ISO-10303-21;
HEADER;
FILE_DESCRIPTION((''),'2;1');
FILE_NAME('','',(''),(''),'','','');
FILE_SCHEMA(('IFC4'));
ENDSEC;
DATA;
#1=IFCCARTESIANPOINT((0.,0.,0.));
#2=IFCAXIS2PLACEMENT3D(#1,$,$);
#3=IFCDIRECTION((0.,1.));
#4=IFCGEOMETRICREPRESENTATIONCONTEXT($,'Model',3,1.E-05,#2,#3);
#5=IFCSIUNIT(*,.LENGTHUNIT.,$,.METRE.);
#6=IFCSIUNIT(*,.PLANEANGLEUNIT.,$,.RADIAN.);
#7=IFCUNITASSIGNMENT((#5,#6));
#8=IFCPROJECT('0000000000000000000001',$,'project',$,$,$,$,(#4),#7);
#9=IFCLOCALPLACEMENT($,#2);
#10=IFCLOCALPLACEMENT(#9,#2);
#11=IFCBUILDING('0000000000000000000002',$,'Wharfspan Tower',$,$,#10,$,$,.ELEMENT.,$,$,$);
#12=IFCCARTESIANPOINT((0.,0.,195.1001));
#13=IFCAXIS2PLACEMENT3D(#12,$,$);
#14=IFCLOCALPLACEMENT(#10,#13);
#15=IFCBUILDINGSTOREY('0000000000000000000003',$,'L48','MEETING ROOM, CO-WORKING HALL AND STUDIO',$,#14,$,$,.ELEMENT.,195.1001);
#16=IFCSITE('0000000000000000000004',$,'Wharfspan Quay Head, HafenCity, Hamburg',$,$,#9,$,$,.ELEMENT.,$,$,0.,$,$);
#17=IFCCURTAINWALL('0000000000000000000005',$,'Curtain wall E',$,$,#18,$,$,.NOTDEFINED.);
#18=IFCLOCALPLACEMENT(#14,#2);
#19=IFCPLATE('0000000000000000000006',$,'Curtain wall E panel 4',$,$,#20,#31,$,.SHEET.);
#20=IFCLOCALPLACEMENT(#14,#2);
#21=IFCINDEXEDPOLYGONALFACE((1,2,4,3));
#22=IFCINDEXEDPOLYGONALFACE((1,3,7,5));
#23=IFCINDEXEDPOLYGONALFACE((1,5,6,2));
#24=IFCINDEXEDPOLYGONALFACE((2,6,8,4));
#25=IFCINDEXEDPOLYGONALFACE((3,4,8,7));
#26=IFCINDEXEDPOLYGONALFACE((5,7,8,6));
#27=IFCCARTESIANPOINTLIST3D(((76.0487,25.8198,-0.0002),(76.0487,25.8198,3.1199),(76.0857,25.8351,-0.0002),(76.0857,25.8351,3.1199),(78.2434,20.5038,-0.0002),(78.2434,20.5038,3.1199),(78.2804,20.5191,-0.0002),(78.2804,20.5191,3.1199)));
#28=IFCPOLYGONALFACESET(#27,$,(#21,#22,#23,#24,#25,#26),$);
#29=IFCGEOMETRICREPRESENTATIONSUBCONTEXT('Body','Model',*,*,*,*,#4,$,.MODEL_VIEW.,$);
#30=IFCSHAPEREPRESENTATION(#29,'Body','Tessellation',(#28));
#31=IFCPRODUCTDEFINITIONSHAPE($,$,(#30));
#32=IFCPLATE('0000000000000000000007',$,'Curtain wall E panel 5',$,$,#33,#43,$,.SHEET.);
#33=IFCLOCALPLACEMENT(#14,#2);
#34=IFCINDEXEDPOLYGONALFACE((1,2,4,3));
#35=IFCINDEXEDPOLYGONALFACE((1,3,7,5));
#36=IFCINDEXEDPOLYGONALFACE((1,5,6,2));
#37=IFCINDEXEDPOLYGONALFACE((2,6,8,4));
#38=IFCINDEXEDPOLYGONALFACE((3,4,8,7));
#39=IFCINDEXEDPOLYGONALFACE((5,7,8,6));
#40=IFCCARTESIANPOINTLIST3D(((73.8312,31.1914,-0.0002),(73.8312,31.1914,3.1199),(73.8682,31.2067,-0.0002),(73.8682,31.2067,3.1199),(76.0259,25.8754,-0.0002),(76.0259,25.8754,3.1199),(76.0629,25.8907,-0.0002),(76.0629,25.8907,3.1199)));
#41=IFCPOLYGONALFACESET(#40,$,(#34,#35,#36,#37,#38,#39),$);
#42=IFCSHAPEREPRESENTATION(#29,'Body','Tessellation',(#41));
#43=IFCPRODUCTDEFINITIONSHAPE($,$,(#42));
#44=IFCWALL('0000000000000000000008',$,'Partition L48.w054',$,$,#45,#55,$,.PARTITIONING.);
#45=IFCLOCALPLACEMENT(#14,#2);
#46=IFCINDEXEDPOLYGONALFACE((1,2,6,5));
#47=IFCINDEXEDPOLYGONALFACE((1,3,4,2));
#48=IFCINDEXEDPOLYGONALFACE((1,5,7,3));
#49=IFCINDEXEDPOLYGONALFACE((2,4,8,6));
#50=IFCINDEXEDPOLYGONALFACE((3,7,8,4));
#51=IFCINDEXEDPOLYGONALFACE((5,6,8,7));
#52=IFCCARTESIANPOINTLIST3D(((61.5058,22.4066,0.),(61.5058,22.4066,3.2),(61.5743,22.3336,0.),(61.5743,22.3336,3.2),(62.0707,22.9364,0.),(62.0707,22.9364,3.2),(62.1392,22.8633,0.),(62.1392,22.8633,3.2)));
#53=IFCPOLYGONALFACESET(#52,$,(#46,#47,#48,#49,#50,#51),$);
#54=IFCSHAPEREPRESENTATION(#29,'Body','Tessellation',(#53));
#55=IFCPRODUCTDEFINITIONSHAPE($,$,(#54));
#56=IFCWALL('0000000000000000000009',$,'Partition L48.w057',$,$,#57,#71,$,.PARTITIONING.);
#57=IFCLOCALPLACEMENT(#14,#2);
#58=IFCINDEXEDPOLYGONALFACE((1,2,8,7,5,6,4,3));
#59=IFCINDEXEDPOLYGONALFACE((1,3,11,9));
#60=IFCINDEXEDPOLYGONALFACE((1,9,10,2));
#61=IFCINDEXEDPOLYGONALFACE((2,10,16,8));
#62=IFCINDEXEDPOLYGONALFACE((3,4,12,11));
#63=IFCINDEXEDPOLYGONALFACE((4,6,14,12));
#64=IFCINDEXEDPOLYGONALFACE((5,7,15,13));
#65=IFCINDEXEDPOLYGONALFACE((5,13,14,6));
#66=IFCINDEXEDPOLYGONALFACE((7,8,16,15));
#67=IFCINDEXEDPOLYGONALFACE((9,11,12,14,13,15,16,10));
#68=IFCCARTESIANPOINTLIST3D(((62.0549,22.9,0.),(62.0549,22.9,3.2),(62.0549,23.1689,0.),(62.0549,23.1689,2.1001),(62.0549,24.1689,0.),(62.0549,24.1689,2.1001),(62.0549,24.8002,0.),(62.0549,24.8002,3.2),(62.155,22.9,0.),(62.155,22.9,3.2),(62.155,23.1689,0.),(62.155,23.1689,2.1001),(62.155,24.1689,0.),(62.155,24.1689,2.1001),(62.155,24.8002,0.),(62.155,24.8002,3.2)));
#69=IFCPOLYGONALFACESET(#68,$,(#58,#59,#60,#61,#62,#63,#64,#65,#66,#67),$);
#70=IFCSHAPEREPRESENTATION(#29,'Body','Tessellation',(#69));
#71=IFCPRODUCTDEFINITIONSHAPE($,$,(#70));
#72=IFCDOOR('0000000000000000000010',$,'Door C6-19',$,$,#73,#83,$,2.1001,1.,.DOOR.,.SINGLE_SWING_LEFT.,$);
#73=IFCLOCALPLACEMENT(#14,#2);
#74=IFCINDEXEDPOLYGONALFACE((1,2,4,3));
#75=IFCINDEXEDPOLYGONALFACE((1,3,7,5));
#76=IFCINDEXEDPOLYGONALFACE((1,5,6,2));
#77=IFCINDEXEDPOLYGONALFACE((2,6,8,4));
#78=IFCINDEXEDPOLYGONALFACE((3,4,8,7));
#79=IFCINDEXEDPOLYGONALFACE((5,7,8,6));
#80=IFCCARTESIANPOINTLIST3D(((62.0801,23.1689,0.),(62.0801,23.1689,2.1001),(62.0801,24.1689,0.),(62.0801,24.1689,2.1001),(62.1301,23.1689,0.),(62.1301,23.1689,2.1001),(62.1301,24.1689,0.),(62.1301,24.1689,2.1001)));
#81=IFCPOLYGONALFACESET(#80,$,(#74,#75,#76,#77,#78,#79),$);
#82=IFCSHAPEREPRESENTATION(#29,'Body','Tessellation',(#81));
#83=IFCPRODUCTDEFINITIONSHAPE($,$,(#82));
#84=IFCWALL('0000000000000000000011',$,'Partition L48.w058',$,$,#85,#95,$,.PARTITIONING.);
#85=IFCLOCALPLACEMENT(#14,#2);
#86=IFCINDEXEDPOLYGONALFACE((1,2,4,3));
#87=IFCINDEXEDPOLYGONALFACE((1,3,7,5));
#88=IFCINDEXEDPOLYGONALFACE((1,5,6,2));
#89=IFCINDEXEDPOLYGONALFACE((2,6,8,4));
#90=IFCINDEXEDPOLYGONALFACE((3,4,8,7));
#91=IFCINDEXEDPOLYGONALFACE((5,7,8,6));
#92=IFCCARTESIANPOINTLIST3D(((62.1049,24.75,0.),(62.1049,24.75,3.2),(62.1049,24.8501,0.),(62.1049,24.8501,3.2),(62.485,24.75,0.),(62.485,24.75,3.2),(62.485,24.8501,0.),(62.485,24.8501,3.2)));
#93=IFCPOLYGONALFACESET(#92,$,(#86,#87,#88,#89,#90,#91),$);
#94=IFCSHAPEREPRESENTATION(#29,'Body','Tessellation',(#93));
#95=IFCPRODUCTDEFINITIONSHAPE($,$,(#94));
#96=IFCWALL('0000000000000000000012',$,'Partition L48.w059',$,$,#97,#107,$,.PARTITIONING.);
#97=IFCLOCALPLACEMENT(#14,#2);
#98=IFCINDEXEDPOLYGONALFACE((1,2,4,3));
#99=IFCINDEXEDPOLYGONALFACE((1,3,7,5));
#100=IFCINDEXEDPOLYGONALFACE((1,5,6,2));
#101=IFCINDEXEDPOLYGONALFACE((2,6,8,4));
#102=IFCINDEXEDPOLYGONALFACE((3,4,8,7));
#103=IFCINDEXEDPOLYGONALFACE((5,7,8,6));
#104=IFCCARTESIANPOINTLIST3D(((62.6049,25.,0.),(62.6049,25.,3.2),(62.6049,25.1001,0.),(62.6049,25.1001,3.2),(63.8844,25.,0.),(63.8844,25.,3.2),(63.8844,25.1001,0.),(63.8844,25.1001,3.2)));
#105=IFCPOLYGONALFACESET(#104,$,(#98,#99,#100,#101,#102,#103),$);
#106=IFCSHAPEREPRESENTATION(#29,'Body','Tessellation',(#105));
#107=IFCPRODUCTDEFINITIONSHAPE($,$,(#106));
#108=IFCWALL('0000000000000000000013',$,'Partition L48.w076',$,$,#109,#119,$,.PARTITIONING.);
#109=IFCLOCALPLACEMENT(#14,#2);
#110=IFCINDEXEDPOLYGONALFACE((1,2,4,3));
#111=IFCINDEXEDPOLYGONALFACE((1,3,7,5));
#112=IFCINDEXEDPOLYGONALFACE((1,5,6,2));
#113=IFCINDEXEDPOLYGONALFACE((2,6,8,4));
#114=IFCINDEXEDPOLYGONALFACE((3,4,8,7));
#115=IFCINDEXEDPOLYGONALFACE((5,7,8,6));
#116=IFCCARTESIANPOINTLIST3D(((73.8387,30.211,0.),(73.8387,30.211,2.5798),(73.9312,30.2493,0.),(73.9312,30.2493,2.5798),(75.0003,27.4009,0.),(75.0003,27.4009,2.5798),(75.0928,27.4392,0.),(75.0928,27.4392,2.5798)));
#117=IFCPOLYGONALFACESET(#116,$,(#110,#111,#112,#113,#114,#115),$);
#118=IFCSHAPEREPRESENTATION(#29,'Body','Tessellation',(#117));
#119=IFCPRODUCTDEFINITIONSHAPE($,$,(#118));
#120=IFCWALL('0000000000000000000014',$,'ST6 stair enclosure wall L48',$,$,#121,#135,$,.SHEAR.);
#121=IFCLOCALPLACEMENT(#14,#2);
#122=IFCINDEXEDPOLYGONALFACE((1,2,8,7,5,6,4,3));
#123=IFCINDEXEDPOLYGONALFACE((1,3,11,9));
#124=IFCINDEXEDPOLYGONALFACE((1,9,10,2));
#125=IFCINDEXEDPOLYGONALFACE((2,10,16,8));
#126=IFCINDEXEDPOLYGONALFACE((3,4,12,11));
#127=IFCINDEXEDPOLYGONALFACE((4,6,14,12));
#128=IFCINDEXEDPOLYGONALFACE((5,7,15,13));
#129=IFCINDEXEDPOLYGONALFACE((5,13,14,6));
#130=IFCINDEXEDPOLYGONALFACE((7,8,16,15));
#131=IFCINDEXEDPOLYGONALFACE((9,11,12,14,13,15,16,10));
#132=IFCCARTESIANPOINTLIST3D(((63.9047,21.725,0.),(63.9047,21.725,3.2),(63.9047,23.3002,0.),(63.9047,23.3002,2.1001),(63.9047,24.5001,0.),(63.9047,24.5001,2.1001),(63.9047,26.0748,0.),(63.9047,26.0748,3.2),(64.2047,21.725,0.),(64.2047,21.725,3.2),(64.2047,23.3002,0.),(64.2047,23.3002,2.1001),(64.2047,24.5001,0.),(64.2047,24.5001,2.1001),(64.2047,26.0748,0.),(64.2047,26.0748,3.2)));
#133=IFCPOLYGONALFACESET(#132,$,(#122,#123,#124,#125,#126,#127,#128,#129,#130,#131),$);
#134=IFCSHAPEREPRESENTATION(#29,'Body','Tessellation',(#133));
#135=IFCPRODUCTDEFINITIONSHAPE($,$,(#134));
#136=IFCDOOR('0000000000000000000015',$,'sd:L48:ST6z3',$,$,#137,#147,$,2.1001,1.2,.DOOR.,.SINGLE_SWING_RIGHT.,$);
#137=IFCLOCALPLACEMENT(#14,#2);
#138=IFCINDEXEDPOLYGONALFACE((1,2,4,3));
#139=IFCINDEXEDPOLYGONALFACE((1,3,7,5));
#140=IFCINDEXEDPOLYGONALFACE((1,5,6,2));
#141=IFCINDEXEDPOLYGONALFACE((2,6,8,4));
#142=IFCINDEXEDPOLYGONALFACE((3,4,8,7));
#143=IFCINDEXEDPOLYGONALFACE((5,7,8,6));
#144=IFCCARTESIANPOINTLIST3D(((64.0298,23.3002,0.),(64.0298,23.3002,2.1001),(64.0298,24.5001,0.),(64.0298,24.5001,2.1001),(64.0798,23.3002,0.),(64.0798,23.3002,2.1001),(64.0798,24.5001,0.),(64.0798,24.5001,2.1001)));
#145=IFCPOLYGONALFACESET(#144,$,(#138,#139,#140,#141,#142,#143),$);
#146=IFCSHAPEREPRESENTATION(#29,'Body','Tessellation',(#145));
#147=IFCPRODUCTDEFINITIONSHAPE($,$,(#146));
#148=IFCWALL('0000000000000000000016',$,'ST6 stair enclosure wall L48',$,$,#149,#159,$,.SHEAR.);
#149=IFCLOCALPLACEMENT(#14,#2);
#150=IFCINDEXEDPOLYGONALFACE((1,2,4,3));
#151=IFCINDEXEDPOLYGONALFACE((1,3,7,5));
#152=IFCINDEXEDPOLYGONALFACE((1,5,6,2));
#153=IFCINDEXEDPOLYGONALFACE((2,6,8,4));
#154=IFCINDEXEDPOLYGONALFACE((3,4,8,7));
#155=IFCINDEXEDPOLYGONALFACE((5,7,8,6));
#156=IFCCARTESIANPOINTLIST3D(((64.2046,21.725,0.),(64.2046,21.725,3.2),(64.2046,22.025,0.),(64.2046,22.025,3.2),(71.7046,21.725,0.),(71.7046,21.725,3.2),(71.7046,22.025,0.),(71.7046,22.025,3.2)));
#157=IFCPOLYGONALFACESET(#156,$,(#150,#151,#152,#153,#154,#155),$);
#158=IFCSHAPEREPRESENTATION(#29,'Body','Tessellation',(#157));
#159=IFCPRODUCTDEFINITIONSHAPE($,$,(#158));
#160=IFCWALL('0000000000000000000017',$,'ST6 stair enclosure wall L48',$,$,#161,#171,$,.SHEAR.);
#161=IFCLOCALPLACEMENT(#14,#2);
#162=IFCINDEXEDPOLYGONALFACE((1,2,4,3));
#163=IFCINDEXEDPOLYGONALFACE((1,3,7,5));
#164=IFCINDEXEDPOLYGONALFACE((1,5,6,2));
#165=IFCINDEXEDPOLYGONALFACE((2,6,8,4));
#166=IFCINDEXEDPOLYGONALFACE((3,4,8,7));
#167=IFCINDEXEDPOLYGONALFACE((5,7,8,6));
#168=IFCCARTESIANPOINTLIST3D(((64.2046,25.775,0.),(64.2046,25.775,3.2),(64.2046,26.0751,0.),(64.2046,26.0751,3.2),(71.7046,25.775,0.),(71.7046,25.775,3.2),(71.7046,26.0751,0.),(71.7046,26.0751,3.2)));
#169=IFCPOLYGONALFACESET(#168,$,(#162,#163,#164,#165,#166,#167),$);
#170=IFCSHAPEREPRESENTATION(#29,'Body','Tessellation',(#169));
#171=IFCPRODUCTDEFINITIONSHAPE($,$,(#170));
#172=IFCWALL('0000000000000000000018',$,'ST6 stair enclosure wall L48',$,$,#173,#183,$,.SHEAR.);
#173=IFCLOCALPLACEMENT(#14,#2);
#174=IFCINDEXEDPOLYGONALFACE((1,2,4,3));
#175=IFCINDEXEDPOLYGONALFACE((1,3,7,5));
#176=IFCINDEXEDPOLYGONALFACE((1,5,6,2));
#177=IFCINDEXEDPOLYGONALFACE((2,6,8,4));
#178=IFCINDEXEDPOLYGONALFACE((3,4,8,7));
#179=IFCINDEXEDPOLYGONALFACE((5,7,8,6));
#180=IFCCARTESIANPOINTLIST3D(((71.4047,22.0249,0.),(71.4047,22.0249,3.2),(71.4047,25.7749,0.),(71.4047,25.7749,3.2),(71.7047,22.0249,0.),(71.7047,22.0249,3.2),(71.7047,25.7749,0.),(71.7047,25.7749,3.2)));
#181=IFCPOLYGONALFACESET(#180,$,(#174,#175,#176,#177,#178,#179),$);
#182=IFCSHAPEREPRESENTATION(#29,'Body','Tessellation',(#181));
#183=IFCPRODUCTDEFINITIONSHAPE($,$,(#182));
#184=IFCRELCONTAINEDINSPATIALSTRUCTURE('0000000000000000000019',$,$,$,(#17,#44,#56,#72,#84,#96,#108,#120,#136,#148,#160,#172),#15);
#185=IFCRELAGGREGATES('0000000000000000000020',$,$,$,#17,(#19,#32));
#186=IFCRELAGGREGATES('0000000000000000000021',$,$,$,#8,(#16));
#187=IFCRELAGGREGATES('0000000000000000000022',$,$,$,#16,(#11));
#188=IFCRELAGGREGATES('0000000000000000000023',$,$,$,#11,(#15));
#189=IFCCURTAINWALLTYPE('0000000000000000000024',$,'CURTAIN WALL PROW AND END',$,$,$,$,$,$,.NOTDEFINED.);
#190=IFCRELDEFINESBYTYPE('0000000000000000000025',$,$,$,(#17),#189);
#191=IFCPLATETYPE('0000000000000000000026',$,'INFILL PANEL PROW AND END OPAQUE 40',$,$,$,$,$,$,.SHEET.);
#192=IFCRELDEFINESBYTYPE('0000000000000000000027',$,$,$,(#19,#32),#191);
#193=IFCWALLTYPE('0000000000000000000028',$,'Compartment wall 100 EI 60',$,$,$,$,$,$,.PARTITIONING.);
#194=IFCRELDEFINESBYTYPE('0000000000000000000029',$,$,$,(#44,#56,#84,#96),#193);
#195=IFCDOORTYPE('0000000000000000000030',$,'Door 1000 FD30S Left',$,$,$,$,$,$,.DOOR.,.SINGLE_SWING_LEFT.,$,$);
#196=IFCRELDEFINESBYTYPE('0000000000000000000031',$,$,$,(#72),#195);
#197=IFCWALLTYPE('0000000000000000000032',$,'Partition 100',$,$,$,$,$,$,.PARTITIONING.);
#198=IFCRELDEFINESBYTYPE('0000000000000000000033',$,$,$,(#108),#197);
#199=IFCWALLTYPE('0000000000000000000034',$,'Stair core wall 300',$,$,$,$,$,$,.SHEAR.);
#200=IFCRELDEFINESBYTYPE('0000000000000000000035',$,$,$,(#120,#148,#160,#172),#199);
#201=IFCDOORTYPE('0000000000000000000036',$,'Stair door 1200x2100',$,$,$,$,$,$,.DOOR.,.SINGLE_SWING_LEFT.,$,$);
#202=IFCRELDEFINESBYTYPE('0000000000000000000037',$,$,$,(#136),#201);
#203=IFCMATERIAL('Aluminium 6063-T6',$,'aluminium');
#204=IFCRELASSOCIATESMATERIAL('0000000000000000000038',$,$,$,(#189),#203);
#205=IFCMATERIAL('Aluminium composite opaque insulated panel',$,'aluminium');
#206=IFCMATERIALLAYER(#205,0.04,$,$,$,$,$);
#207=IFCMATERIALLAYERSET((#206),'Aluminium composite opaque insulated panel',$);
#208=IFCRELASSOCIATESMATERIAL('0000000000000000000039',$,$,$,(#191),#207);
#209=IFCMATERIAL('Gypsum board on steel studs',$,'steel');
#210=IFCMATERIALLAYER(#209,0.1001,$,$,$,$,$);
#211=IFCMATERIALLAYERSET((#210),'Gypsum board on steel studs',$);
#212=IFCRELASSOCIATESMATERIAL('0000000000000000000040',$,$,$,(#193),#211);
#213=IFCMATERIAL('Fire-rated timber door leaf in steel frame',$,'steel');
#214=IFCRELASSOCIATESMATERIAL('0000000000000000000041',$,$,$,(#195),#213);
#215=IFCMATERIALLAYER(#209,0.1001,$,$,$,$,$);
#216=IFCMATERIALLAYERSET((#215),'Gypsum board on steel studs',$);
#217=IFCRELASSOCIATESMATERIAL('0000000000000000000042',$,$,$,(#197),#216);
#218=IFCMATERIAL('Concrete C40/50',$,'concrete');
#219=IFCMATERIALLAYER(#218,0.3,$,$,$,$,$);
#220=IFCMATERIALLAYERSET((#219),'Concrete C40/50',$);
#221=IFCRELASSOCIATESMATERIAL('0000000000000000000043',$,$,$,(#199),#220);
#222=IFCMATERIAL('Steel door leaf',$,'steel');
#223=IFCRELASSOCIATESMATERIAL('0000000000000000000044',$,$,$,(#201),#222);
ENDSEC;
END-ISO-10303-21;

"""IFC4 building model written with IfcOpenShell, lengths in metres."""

from ifc_helpers import new_model, si_unit, direction, frame, frame_2d, origin, origin_2d, place, context, subcontext, project, spatial, rectangle, extrude, material, layer, layer_set, type_object, element, fill, aggregate, save


model = new_model("IFC4")

# Units and contexts
model_context = context("Model", 3, precision=1e-05, world=origin(), true_north=direction((0.0, 1.0)))
body_context = subcontext(model_context, "Body", "Model", "MODEL_VIEW")
ifc_project = project(units=[si_unit("LENGTHUNIT", "METRE"), si_unit("PLANEANGLEUNIT", "RADIAN")], contexts=[model_context])

# Site, building, storey
site_placement = place(None, origin())
site = spatial("IfcSite", under=ifc_project, at=site_placement, Name="Wharfspan Quay Head, HafenCity, Hamburg", CompositionType="ELEMENT", RefElevation=0.0)
building_placement = place(site_placement, origin())
building = spatial("IfcBuilding", under=site, at=building_placement, Name="Wharfspan Tower", CompositionType="ELEMENT")
storey_placement = place(building_placement, frame((0.0, 0.0, 195.1001)))
storey = spatial("IfcBuildingStorey", under=building, at=storey_placement, Name="L48", Description="MEETING ROOM, CO-WORKING HALL AND STUDIO", CompositionType="ELEMENT", Elevation=195.1001)

# Curtain wall
ifc_material_1 = material(Name="Aluminium 6063-T6", Category="aluminium")
curtain_wall_type = type_object("IfcCurtainWallType", Name="CURTAIN WALL PROW AND END", PredefinedType="NOTDEFINED", material=ifc_material_1)
curtain_wall_placement = place(storey_placement, origin())
curtain_wall = element("IfcCurtainWall", 1, at=curtain_wall_placement, inside=storey, type_object=curtain_wall_type, Name="Curtain wall E", PredefinedType="NOTDEFINED")

# Plates
ifc_material_2 = material(Name="Aluminium composite opaque insulated panel", Category="aluminium")
ifc_layer_1 = layer(ifc_material_2, 0.04)
ifc_layer_set_1 = layer_set([ifc_layer_1], Name="Aluminium composite opaque insulated panel")
plate_type = type_object("IfcPlateType", Name="INFILL PANEL PROW AND END OPAQUE 40", PredefinedType="SHEET", material=ifc_layer_set_1)
plate_1_placement = place(storey_placement, frame((77.1646, 23.1694, -0.0002), z_axis=(0.0, 0.0, 1.0), x_axis=(-0.381602, 0.924325, 0.0)))
plate_1 = element("IfcPlate", 2, at=plate_1_placement, type_object=plate_type, Name="Curtain wall E panel 4", PredefinedType="SHEET", context=body_context, shape_type="SweptSolid", body=[
    extrude(rectangle(XDim=5.7512, YDim=0.04, at=origin_2d()), origin(), (0.0, 0.0, 1.0), 3.1201),
])
plate_2_placement = place(storey_placement, frame((74.947, 28.541, -0.0002), z_axis=(0.0, 0.0, 1.0), x_axis=(-0.381602, 0.924325, 0.0)))
plate_2 = element("IfcPlate", 3, at=plate_2_placement, type_object=plate_type, Name="Curtain wall E panel 5", PredefinedType="SHEET", context=body_context, shape_type="SweptSolid", body=[
    extrude(rectangle(XDim=5.7512, YDim=0.04, at=origin_2d()), origin(), (0.0, 0.0, 1.0), 3.1201),
])
aggregate(curtain_wall, [plate_1, plate_2])

# Wall
ifc_material_3 = material(Name="Gypsum board on steel studs", Category="steel")
ifc_layer_2 = layer(ifc_material_3, 0.1001)
ifc_layer_set_2 = layer_set([ifc_layer_2], Name="Gypsum board on steel studs")
wall_type_1 = type_object("IfcWallType", Name="Compartment wall 100 EI 60", PredefinedType="PARTITIONING", material=ifc_layer_set_2)
wall_1_placement = place(storey_placement, frame((61.54, 22.3701, 0.0), z_axis=(0.0, 0.0, 1.0), x_axis=(0.72944, 0.684047, 0.0)))
element("IfcWall", 4, at=wall_1_placement, inside=storey, type_object=wall_type_1, Name="Partition L48.w054", PredefinedType="PARTITIONING", context=body_context, shape_type="SweptSolid", body=[
    extrude(rectangle(XDim=0.7744, YDim=0.1001, at=frame_2d((0.3872, 0.0))), origin(), (0.0, 0.0, 1.0), 3.2),
])

# Wall, opening, door
wall_2_placement = place(storey_placement, frame((62.105, 22.8999, 0.0), z_axis=(0.0, 0.0, 1.0), x_axis=(0.0, 1.0, 0.0)))
wall_2 = element("IfcWall", 5, at=wall_2_placement, inside=storey, type_object=wall_type_1, Name="Partition L48.w057", PredefinedType="PARTITIONING", context=body_context, shape_type="SweptSolid", body=[
    extrude(rectangle(XDim=1.9001, YDim=0.1001, at=frame_2d((0.9502, 0.0))), origin(), (0.0, 0.0, 1.0), 3.2),
])
opening_1_placement = place(wall_2_placement, frame((0.269, 0.0, 0.0)))
opening_1 = element("IfcOpeningElement", 6, at=opening_1_placement, cuts=wall_2, PredefinedType="OPENING", context=body_context, shape_type="SweptSolid", body=[
    extrude(rectangle(XDim=1.0, YDim=2.1001, at=frame_2d((0.5, 1.05))), frame((0.0, 0.0601, 0.0), z_axis=(0.0, -1.0, 0.0), x_axis=(1.0, 0.0, 0.0)), (0.0, 0.0, 1.0), 0.1201),
])
ifc_material_4 = material(Name="Fire-rated timber door leaf in steel frame", Category="steel")
door_type_1 = type_object("IfcDoorType", Name="Door 1000 FD30S Left", OperationType="SINGLE_SWING_LEFT", PredefinedType="DOOR", material=ifc_material_4)
door_1_placement = place(opening_1_placement, origin())
door_1 = element("IfcDoor", 7, at=door_1_placement, inside=storey, type_object=door_type_1, Name="Door C6-19", OperationType="SINGLE_SWING_LEFT", OverallHeight=2.1001, OverallWidth=1.0, PredefinedType="DOOR", context=body_context, shape_type="SweptSolid", body=[
    extrude(rectangle(XDim=1.0, YDim=2.1001, at=frame_2d((0.5, 1.05))), frame((0.0, 0.0249, 0.0), z_axis=(0.0, -1.0, 0.0), x_axis=(1.0, 0.0, 0.0)), (0.0, 0.0, 1.0), 0.05),
])
fill(opening_1, door_1)

# Walls
wall_3_placement = place(storey_placement, frame((62.105, 24.8, 0.0), z_axis=(0.0, 0.0, 1.0), x_axis=(1.0, 0.0, 0.0)))
element("IfcWall", 8, at=wall_3_placement, inside=storey, type_object=wall_type_1, Name="Partition L48.w058", PredefinedType="PARTITIONING", context=body_context, shape_type="SweptSolid", body=[
    extrude(rectangle(XDim=0.3801, YDim=0.1001, at=frame_2d((0.1899, 0.0))), origin(), (0.0, 0.0, 1.0), 3.2),
])
wall_4_placement = place(storey_placement, frame((62.605, 25.05, 0.0), z_axis=(0.0, 0.0, 1.0), x_axis=(1.0, 0.0, 0.0)))
element("IfcWall", 9, at=wall_4_placement, inside=storey, type_object=wall_type_1, Name="Partition L48.w059", PredefinedType="PARTITIONING", context=body_context, shape_type="SweptSolid", body=[
    extrude(rectangle(XDim=1.2795, YDim=0.1001, at=frame_2d((0.6396, 0.0))), origin(), (0.0, 0.0, 1.0), 3.2),
])
ifc_layer_3 = layer(ifc_material_3, 0.1001)
ifc_layer_set_3 = layer_set([ifc_layer_3], Name="Gypsum board on steel studs")
wall_type_2 = type_object("IfcWallType", Name="Partition 100", PredefinedType="PARTITIONING", material=ifc_layer_set_3)
wall_5_placement = place(storey_placement, frame((75.0466, 27.4199, 0.0), z_axis=(0.0, 0.0, 1.0), x_axis=(-0.382024, 0.924148, 0.0)))
element("IfcWall", 10, at=wall_5_placement, inside=storey, type_object=wall_type_2, Name="Partition L48.w076", PredefinedType="PARTITIONING", context=body_context, shape_type="SweptSolid", body=[
    extrude(rectangle(XDim=3.0408, YDim=0.1001, at=frame_2d((1.5205, 0.0))), origin(), (0.0, 0.0, 1.0), 2.5798),
])

# Wall, opening, door
ifc_material_5 = material(Name="Concrete C40/50", Category="concrete")
ifc_layer_4 = layer(ifc_material_5, 0.3)
ifc_layer_set_4 = layer_set([ifc_layer_4], Name="Concrete C40/50")
wall_type_3 = type_object("IfcWallType", Name="Stair core wall 300", PredefinedType="SHEAR", material=ifc_layer_set_4)
wall_6_placement = place(storey_placement, frame((64.0547, 21.7251, 0.0), z_axis=(0.0, 0.0, 1.0), x_axis=(0.0, 1.0, 0.0)))
wall_6 = element("IfcWall", 11, at=wall_6_placement, inside=storey, type_object=wall_type_3, Name="ST6 stair enclosure wall L48", PredefinedType="SHEAR", context=body_context, shape_type="SweptSolid", body=[
    extrude(rectangle(XDim=4.3499, YDim=0.3, at=frame_2d((2.1748, 0.0))), origin(), (0.0, 0.0, 1.0), 3.2),
])
opening_2_placement = place(wall_6_placement, frame((1.575, 0.0, 0.0)))
opening_2 = element("IfcOpeningElement", 12, at=opening_2_placement, cuts=wall_6, PredefinedType="OPENING", context=body_context, shape_type="SweptSolid", body=[
    extrude(rectangle(XDim=1.2, YDim=2.1001, at=frame_2d((0.6001, 1.05))), frame((0.0, 0.1599, 0.0), z_axis=(0.0, -1.0, 0.0), x_axis=(1.0, 0.0, 0.0)), (0.0, 0.0, 1.0), 0.3201),
])
ifc_material_6 = material(Name="Steel door leaf", Category="steel")
door_type_2 = type_object("IfcDoorType", Name="Stair door 1200x2100", OperationType="SINGLE_SWING_LEFT", PredefinedType="DOOR", material=ifc_material_6)
door_2_placement = place(opening_2_placement, origin())
door_2 = element("IfcDoor", 13, at=door_2_placement, inside=storey, type_object=door_type_2, Name="sd:L48:ST6z3", OperationType="SINGLE_SWING_RIGHT", OverallHeight=2.1001, OverallWidth=1.2, PredefinedType="DOOR", context=body_context, shape_type="SweptSolid", body=[
    extrude(rectangle(XDim=1.2, YDim=2.1001, at=frame_2d((0.6001, 1.05))), frame((0.0, 0.0249, 0.0), z_axis=(0.0, -1.0, 0.0), x_axis=(1.0, 0.0, 0.0)), (0.0, 0.0, 1.0), 0.05),
])
fill(opening_2, door_2)

# Walls
for number, where, z_axis, x_axis, name in (
    (14, (64.2046, 21.875, 0.0), (0.0, 0.0, 1.0), (1.0, 0.0, 0.0), "ST6 stair enclosure wall L48"),
    (15, (64.2046, 25.925, 0.0), (0.0, 0.0, 1.0), (1.0, 0.0, 0.0), "ST6 stair enclosure wall L48"),
):
    element("IfcWall", number, at=place(storey_placement, frame(where, z_axis=z_axis, x_axis=x_axis)), inside=storey, type_object=wall_type_3, Name=name, PredefinedType="SHEAR", context=body_context, shape_type="SweptSolid", body=[
        extrude(rectangle(XDim=7.5, YDim=0.3, at=frame_2d((3.75, 0.0))), origin(), (0.0, 0.0, 1.0), 3.2),
    ])
wall_7_placement = place(storey_placement, frame((71.5547, 22.0249, 0.0), z_axis=(0.0, 0.0, 1.0), x_axis=(0.0, 1.0, 0.0)))
element("IfcWall", 16, at=wall_7_placement, inside=storey, type_object=wall_type_3, Name="ST6 stair enclosure wall L48", PredefinedType="SHEAR", context=body_context, shape_type="SweptSolid", body=[
    extrude(rectangle(XDim=3.75, YDim=0.3, at=frame_2d((1.875, 0.0))), origin(), (0.0, 0.0, 1.0), 3.2),
])

save(model, "model.ifc")
